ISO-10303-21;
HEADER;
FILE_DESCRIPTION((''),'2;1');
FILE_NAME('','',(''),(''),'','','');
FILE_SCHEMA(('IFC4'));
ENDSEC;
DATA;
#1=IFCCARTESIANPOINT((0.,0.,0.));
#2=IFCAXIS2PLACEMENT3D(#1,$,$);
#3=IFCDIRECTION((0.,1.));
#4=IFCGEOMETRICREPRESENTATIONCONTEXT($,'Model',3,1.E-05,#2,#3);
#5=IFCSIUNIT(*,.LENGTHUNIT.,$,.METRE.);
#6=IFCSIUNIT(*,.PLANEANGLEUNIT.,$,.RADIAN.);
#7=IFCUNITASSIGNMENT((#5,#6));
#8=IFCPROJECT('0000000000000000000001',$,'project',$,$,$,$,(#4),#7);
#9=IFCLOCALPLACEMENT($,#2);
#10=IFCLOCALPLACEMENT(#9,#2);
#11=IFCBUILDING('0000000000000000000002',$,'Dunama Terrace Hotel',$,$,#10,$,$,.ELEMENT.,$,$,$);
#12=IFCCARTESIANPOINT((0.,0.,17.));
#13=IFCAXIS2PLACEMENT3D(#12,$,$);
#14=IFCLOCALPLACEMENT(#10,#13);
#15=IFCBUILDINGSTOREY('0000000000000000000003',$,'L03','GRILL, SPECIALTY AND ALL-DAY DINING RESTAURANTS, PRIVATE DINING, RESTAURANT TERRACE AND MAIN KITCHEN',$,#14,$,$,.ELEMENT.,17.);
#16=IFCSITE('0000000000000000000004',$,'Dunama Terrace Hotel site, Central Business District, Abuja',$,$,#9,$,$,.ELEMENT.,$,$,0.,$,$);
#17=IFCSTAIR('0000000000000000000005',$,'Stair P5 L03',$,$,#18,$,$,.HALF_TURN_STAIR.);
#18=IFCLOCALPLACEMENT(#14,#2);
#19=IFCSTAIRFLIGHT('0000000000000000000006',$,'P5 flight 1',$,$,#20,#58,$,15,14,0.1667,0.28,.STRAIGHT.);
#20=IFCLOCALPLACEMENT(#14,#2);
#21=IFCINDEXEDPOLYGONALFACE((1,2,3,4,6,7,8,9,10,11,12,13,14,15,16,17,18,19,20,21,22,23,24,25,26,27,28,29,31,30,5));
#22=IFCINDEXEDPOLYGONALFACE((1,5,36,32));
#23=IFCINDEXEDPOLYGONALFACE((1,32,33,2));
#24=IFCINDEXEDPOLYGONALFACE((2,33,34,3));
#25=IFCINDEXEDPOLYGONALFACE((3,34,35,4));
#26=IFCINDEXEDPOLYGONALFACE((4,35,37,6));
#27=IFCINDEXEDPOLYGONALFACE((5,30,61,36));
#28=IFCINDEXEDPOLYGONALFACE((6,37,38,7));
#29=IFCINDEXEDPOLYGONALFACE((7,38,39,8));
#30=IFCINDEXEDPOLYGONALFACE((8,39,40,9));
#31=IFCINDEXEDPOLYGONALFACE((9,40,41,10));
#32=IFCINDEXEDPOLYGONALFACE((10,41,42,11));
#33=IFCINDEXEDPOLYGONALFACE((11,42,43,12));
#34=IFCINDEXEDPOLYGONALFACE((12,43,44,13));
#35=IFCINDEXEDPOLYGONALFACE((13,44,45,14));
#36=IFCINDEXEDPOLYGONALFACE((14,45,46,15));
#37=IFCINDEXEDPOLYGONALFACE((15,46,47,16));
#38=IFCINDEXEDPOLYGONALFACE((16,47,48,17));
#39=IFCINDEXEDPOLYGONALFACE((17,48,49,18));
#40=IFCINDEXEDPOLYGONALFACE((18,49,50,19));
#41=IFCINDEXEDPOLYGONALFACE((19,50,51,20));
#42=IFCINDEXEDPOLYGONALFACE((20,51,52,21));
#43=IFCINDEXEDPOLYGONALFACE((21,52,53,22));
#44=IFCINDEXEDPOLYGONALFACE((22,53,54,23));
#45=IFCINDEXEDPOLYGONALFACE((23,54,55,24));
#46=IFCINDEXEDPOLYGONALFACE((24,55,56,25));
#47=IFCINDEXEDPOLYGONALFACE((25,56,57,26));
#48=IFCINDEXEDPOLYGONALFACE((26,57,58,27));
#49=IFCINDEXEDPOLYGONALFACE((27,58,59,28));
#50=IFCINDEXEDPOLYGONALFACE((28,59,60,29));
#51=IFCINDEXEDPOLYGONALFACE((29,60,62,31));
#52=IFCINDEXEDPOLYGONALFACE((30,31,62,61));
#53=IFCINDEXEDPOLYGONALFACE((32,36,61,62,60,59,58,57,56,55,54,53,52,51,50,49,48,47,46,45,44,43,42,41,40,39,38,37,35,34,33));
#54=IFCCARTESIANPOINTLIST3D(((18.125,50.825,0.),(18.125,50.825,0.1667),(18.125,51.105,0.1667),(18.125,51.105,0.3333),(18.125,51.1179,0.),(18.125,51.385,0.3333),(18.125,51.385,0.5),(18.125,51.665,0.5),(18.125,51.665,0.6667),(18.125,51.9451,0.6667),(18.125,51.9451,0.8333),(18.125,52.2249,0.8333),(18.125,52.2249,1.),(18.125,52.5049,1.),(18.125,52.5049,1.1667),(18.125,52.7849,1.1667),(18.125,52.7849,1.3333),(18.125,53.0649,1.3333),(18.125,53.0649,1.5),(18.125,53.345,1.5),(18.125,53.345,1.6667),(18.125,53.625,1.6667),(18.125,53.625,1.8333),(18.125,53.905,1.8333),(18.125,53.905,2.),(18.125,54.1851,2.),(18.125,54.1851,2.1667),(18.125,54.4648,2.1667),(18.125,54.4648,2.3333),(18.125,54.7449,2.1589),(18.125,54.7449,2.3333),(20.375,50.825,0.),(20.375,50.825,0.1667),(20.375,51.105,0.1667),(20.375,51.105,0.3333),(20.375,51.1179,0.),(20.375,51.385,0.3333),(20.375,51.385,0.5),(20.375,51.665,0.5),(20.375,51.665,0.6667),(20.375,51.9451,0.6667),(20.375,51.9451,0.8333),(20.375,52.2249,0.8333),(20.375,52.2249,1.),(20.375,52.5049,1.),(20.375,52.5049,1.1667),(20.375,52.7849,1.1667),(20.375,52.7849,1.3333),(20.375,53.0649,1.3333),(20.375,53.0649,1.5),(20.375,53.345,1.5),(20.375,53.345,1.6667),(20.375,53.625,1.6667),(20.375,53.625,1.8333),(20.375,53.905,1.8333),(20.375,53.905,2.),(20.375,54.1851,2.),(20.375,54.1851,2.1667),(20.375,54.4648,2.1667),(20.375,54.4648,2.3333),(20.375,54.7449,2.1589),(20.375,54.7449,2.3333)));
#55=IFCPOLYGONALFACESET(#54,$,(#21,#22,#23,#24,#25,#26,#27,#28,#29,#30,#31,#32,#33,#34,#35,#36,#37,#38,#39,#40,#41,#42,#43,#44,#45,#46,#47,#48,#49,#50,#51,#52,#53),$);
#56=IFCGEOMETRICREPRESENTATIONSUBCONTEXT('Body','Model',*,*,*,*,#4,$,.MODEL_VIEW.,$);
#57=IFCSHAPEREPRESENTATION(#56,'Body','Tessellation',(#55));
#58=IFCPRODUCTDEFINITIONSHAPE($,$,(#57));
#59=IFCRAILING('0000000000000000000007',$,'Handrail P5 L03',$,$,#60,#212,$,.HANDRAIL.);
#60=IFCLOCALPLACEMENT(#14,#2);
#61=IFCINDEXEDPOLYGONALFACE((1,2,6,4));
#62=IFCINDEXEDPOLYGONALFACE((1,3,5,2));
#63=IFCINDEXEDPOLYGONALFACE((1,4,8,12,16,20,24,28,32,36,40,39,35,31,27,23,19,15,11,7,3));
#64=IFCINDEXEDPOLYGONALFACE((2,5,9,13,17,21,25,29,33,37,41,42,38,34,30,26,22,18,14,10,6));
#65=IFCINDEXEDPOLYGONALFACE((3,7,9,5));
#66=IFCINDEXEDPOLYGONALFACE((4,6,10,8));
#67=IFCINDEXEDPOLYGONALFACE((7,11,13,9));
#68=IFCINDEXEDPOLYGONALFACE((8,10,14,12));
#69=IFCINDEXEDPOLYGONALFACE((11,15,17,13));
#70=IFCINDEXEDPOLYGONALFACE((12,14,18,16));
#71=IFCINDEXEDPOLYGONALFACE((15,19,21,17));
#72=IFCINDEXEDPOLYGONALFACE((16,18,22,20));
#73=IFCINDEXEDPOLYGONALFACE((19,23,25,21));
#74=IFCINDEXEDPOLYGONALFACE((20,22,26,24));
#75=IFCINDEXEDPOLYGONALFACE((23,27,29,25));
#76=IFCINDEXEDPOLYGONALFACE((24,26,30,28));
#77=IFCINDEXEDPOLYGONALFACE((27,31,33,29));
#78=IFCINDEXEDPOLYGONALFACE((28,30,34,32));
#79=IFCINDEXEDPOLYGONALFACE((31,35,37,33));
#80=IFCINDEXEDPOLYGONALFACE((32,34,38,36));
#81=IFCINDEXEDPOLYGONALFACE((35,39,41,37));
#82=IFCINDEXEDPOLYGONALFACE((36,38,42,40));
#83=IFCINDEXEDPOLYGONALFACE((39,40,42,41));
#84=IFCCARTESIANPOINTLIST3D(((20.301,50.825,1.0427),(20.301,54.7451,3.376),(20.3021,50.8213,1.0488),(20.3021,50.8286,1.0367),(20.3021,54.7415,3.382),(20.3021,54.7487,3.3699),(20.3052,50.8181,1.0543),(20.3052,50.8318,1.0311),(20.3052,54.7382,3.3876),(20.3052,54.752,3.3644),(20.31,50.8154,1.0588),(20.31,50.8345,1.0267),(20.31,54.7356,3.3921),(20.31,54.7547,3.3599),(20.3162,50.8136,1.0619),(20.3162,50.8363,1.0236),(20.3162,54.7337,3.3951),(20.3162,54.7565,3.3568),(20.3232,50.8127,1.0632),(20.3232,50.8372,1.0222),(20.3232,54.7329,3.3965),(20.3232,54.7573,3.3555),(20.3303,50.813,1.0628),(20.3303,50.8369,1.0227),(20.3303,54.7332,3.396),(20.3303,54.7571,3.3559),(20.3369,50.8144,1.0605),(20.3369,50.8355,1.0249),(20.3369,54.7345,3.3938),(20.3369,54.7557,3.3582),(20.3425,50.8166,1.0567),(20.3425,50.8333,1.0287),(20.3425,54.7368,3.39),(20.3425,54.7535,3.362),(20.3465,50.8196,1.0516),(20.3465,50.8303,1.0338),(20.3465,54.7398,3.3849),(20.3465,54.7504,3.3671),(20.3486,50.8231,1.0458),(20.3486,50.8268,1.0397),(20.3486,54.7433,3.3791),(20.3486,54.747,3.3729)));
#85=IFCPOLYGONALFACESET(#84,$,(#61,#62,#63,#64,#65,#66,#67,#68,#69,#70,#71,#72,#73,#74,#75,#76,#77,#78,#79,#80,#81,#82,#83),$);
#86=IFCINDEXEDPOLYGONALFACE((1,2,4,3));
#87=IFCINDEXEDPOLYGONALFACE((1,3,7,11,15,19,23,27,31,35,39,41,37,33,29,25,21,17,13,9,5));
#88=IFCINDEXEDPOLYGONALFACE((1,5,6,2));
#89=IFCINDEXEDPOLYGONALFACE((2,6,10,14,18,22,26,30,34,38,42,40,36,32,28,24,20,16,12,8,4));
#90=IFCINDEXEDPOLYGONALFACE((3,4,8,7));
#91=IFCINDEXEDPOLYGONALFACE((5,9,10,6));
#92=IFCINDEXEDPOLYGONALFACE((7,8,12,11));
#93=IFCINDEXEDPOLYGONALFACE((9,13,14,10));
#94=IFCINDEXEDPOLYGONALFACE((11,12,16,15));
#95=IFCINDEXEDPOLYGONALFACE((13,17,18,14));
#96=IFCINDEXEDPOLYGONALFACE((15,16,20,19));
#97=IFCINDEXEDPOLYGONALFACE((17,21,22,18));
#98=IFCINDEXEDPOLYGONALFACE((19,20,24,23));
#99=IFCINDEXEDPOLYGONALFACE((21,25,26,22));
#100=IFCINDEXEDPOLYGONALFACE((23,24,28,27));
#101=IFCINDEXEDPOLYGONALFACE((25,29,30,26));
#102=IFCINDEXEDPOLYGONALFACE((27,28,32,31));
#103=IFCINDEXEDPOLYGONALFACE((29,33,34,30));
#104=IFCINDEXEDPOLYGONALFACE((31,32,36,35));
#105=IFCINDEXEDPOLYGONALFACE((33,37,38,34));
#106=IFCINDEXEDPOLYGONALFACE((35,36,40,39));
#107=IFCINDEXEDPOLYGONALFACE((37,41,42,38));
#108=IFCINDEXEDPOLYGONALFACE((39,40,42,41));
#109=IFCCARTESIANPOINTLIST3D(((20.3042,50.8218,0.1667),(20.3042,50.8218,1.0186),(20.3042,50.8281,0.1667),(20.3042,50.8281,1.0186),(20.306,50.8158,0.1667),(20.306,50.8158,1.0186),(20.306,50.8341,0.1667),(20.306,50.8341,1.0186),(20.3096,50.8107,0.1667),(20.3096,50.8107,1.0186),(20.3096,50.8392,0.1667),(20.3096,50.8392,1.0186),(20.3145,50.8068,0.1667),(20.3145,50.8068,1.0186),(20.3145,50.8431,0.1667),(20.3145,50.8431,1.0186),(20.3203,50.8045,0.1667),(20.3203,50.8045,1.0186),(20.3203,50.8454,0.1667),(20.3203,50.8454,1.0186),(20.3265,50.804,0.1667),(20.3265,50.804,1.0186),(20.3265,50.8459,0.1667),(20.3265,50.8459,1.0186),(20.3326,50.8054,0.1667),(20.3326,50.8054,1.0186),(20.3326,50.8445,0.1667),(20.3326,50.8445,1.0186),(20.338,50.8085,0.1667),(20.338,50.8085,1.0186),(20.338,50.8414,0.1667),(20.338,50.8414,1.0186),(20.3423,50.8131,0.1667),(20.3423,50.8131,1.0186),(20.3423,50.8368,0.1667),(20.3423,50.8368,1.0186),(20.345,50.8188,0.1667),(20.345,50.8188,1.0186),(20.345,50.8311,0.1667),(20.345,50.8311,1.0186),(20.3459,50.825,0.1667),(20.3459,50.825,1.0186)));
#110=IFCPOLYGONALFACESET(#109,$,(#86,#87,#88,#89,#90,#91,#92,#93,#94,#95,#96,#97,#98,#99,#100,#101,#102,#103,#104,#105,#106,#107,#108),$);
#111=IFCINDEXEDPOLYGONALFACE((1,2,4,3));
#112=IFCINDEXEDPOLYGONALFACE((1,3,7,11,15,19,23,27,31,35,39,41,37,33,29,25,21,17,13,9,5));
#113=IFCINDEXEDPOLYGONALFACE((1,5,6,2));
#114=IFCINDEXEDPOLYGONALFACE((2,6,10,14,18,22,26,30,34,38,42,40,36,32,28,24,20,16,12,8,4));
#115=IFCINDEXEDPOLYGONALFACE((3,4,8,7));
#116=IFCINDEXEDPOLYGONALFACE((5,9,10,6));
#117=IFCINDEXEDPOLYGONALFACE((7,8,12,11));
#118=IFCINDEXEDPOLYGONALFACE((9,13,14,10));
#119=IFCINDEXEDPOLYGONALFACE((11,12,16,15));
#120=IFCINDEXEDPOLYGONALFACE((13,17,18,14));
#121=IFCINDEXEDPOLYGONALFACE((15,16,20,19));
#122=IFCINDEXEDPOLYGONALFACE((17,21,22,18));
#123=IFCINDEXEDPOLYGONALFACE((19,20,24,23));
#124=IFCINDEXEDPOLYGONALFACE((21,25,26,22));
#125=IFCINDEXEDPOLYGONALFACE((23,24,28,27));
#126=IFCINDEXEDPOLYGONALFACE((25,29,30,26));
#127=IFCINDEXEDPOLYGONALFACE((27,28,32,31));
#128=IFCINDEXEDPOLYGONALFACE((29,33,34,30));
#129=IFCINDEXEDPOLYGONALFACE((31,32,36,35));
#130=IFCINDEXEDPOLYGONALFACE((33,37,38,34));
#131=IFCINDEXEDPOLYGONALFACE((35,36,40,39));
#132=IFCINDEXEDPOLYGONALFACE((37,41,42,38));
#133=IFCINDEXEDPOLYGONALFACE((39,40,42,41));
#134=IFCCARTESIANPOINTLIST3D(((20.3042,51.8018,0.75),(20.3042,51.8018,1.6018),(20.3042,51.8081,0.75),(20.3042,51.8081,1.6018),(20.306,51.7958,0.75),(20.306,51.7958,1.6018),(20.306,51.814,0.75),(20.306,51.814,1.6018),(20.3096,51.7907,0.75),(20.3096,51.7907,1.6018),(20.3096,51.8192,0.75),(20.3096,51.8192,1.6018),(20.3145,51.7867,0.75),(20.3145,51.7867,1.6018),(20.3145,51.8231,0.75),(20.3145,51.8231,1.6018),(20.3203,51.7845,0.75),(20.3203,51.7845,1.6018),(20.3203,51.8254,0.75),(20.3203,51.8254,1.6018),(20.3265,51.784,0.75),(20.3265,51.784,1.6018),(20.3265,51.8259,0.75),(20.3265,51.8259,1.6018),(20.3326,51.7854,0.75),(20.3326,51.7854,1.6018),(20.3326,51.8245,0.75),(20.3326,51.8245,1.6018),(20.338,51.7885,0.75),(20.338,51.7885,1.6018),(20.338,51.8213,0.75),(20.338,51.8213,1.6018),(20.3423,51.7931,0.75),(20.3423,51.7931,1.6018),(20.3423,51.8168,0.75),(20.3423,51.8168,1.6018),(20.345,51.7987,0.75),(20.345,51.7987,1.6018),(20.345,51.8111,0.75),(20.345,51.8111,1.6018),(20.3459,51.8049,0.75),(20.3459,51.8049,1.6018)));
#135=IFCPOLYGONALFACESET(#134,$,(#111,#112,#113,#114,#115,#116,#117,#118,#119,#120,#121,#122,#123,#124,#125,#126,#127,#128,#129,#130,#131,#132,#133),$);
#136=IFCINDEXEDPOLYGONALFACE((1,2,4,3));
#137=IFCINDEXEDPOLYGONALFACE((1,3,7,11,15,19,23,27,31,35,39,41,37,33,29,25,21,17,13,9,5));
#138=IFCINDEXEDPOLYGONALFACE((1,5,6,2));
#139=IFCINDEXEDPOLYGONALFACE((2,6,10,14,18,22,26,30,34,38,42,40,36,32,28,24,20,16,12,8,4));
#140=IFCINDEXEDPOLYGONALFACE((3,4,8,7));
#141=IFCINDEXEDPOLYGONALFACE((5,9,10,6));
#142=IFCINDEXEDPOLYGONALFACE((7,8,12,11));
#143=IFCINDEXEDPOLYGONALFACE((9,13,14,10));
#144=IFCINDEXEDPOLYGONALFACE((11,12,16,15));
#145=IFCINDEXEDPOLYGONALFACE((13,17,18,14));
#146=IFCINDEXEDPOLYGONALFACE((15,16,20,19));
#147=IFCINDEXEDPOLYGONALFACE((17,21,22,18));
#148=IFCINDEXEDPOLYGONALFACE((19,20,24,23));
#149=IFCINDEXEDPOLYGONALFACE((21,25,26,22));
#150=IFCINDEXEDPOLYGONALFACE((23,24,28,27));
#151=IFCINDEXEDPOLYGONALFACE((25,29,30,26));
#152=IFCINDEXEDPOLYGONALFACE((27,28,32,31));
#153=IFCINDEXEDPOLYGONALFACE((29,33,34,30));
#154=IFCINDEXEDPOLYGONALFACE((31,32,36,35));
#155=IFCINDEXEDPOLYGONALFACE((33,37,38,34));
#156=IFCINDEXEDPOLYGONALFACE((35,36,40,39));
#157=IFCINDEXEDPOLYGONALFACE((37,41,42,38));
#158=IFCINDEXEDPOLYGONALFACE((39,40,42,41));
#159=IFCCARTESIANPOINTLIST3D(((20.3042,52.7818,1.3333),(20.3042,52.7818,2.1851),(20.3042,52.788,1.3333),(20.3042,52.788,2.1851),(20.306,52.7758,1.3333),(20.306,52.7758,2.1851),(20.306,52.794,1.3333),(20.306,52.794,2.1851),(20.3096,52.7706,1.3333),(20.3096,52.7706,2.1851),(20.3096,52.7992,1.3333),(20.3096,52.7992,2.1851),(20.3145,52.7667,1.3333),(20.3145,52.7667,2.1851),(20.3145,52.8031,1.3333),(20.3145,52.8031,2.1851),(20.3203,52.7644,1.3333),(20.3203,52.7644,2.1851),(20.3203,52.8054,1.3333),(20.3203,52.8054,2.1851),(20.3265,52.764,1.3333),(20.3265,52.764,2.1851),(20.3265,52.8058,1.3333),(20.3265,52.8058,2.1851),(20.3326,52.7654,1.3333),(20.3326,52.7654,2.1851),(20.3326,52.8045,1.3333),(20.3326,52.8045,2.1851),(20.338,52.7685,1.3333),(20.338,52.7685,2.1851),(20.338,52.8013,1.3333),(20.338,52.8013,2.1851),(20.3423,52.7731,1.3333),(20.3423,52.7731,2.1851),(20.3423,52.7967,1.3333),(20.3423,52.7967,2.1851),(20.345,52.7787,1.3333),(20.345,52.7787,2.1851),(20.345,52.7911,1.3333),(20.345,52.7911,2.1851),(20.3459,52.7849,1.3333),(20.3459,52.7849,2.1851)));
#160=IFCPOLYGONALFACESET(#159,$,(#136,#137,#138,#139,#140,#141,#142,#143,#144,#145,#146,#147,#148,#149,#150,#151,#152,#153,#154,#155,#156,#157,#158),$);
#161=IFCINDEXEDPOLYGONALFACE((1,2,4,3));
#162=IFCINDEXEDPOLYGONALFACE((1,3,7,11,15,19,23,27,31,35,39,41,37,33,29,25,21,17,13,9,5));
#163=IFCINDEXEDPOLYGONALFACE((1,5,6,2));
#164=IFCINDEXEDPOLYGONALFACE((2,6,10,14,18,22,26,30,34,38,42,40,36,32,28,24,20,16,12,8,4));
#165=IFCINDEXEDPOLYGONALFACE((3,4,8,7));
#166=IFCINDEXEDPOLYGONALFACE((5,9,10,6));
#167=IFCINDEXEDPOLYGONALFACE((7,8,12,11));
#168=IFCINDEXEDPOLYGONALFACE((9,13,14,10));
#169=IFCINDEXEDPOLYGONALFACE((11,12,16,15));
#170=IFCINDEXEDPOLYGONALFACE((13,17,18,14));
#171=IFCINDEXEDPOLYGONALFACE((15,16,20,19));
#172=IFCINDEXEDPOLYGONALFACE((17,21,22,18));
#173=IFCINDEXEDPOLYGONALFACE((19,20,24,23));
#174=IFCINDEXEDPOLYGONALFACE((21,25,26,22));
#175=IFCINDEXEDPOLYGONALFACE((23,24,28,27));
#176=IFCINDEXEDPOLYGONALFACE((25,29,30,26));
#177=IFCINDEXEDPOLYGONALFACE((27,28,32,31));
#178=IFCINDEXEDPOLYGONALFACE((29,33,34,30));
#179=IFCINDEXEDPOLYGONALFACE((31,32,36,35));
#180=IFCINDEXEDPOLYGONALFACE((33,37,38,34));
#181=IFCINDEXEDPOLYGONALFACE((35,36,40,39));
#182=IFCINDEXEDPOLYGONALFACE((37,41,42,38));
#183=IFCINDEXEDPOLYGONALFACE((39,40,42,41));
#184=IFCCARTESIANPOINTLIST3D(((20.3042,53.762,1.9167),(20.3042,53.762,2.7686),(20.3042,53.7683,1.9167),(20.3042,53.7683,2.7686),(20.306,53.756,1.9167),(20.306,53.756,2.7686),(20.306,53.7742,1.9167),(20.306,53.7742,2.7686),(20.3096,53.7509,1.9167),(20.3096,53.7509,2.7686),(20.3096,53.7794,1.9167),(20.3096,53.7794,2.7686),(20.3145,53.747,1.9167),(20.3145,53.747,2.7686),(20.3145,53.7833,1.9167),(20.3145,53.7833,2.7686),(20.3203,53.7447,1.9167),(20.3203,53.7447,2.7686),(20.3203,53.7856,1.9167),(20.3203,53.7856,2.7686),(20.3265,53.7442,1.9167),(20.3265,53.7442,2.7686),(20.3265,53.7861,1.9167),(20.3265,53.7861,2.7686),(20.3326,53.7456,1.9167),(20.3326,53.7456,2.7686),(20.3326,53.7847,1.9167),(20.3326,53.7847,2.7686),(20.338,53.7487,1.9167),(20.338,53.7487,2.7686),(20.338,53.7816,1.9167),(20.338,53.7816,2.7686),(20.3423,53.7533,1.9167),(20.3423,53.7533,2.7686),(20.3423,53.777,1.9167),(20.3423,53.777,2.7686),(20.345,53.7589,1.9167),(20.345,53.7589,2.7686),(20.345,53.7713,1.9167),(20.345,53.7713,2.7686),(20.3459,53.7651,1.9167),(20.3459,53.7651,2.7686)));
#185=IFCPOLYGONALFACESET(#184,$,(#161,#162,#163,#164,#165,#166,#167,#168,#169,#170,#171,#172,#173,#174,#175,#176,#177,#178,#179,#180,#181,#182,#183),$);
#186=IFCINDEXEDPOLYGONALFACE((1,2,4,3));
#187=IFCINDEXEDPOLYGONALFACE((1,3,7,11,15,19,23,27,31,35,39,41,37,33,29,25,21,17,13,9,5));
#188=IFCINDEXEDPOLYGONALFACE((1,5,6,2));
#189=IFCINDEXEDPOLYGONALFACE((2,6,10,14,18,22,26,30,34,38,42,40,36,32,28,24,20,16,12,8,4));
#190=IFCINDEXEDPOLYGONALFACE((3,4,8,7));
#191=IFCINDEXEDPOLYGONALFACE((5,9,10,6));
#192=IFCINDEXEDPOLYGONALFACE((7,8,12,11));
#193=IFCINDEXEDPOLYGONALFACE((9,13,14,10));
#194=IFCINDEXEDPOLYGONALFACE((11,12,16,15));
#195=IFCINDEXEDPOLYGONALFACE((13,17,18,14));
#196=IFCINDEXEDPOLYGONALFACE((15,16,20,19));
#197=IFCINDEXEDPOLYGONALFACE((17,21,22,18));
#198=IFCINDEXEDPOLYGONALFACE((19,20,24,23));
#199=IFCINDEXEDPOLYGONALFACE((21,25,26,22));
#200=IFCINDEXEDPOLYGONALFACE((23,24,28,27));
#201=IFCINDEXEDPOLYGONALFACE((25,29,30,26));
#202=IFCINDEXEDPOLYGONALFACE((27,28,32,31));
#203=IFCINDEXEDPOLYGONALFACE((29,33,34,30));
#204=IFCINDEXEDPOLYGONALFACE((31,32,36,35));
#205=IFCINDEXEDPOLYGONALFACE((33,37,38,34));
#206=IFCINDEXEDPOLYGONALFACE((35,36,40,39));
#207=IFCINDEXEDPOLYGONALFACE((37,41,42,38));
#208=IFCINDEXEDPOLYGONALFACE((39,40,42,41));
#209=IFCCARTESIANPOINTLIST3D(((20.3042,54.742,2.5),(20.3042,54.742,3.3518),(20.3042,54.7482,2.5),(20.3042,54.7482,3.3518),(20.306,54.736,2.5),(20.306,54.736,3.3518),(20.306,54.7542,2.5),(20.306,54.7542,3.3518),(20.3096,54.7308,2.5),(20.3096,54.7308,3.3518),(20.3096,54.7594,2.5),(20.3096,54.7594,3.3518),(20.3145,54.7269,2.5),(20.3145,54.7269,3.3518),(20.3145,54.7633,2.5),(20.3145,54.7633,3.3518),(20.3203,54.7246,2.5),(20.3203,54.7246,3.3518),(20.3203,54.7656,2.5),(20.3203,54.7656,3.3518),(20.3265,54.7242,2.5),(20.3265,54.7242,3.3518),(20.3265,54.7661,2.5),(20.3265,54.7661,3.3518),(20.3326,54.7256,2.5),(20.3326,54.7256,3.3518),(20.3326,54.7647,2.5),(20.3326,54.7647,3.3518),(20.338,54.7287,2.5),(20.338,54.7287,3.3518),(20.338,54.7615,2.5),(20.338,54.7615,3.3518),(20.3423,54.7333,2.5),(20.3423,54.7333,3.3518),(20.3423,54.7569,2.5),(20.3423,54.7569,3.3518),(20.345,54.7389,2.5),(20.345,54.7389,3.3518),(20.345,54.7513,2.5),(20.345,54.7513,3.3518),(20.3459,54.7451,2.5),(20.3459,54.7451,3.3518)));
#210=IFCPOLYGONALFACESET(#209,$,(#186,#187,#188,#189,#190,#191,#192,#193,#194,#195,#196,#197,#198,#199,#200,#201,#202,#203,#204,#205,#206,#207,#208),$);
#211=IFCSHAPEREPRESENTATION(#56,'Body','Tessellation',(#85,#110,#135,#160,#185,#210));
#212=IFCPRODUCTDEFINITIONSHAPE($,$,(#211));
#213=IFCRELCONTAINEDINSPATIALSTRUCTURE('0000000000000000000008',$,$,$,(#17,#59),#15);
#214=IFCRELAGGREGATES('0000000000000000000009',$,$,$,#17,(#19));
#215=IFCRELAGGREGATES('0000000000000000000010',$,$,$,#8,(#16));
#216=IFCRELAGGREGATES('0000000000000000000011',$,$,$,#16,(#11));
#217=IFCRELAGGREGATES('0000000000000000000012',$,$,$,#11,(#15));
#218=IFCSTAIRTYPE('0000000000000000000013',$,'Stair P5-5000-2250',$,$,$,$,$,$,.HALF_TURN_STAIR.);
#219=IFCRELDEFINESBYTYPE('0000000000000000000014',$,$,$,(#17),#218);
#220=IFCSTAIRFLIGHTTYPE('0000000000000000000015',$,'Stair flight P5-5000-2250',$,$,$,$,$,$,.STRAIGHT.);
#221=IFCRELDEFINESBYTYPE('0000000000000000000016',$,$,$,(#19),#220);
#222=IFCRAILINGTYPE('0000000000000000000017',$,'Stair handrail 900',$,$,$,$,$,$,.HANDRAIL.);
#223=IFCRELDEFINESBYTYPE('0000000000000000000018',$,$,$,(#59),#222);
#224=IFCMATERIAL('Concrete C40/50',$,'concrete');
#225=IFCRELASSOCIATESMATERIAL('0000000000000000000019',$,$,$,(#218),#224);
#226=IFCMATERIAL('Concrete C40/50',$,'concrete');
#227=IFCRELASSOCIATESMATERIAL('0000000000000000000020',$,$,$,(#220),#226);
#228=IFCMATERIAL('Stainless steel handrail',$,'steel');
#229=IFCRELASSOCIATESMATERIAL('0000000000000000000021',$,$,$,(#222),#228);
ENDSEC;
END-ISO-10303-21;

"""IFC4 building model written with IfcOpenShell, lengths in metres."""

from ifc_helpers import new_model, si_unit, direction, frame, origin, origin_2d, place, context, subcontext, project, spatial, polyline, circle, outline, extrude, material, type_object, element, aggregate, save


model = new_model("IFC4")

# Units and contexts
model_context = context("Model", 3, precision=1e-05, world=origin(), true_north=direction((0.0, 1.0)))
body_context = subcontext(model_context, "Body", "Model", "MODEL_VIEW")
ifc_project = project(units=[si_unit("LENGTHUNIT", "METRE"), si_unit("PLANEANGLEUNIT", "RADIAN")], contexts=[model_context])

# Site, building, storey
site_placement = place(None, origin())
site = spatial("IfcSite", under=ifc_project, at=site_placement, Name="Dunama Terrace Hotel site, Central Business District, Abuja", CompositionType="ELEMENT", RefElevation=0.0)
building_placement = place(site_placement, origin())
building = spatial("IfcBuilding", under=site, at=building_placement, Name="Dunama Terrace Hotel", CompositionType="ELEMENT")
storey_placement = place(building_placement, frame((0.0, 0.0, 17.0)))
storey = spatial("IfcBuildingStorey", under=building, at=storey_placement, Name="L03", Description="GRILL, SPECIALTY AND ALL-DAY DINING RESTAURANTS, PRIVATE DINING, RESTAURANT TERRACE AND MAIN KITCHEN", CompositionType="ELEMENT", Elevation=17.0)

# Stair, stair flight
ifc_material_1 = material(Name="Concrete C40/50", Category="concrete")
stair_type = type_object("IfcStairType", Name="Stair P5-5000-2250", PredefinedType="HALF_TURN_STAIR", material=ifc_material_1)
stair_placement = place(storey_placement, origin())
stair = element("IfcStair", 1, at=stair_placement, inside=storey, type_object=stair_type, Name="Stair P5 L03", PredefinedType="HALF_TURN_STAIR")
ifc_material_2 = material(Name="Concrete C40/50", Category="concrete")
stair_flight_type = type_object("IfcStairFlightType", Name="Stair flight P5-5000-2250", PredefinedType="STRAIGHT", material=ifc_material_2)
stair_flight_placement = place(storey_placement, frame((19.25, 50.825, 0.0), z_axis=(0.0, 0.0, 1.0), x_axis=(0.0, 1.0, 0.0)))
stair_flight = element("IfcStairFlight", 2, at=stair_flight_placement, type_object=stair_flight_type, Name="P5 flight 1", NumberOfRisers=15, NumberOfTreads=14, PredefinedType="STRAIGHT", RiserHeight=0.1667, TreadLength=0.28, context=body_context, shape_type="SweptSolid", body=[
    extrude(outline(polyline([(0.0, 0.0), (0.0, 0.1667), (0.28, 0.1667), (0.28, 0.3333), (0.5601, 0.3333), (0.5601, 0.5), (0.8401, 0.5), (0.8401, 0.6667), (1.1201, 0.6667), (1.1201, 0.8333), (1.3999, 0.8333), (1.3999, 1.0), (1.6799, 1.0), (1.6799, 1.1667), (1.96, 1.1667), (1.96, 1.3333), (2.24, 1.3333), (2.24, 1.5), (2.52, 1.5), (2.52, 1.6667), (2.8, 1.6667), (2.8, 1.8333), (3.0801, 1.8333), (3.0801, 2.0), (3.3601, 2.0), (3.3601, 2.1667), (3.6399, 2.1667), (3.6399, 2.3333), (3.9199, 2.3333), (3.9199, 2.5), (3.9199, 2.1589), (0.293, 0.0), (0.0, 0.0)])), frame((0.0, 1.125, 0.0), z_axis=(0.0, -1.0, 0.0), x_axis=(1.0, 0.0, 0.0)), (0.0, 0.0, 1.0), 2.25),
])
aggregate(stair, [stair_flight])

# Railing
ifc_material_3 = material(Name="Stainless steel handrail", Category="steel")
railing_type = type_object("IfcRailingType", Name="Stair handrail 900", PredefinedType="HANDRAIL", material=ifc_material_3)
railing_1_placement = place(storey_placement, frame((20.325, 50.825, 0.1667)))
element("IfcRailing", 3, at=railing_1_placement, inside=storey, type_object=railing_type, Name="Handrail P5 L03", PredefinedType="HANDRAIL", context=body_context, shape_type="SweptSolid", body=[
    extrude(circle(Radius=0.0239, at=origin_2d()), frame((0.0, 0.0, 0.876), z_axis=(0.0, 0.85931, 0.511455), x_axis=(-1.0, 0.0, 0.0)), (0.0, 0.0, 1.0), 4.562),
    extrude(circle(Radius=0.021, at=origin_2d()), origin(), (0.0, 0.0, 1.0), 0.8518),
    extrude(circle(Radius=0.021, at=origin_2d()), frame((0.0, 0.98, 0.5833)), (0.0, 0.0, 1.0), 0.8518),
    extrude(circle(Radius=0.021, at=origin_2d()), frame((0.0, 1.96, 1.1665)), (0.0, 0.0, 1.0), 0.8518),
    extrude(circle(Radius=0.021, at=origin_2d()), frame((0.0, 2.9402, 1.75)), (0.0, 0.0, 1.0), 0.8518),
    extrude(circle(Radius=0.021, at=origin_2d()), frame((0.0, 3.9202, 2.3333)), (0.0, 0.0, 1.0), 0.8518),
])

save(model, "model.ifc")
